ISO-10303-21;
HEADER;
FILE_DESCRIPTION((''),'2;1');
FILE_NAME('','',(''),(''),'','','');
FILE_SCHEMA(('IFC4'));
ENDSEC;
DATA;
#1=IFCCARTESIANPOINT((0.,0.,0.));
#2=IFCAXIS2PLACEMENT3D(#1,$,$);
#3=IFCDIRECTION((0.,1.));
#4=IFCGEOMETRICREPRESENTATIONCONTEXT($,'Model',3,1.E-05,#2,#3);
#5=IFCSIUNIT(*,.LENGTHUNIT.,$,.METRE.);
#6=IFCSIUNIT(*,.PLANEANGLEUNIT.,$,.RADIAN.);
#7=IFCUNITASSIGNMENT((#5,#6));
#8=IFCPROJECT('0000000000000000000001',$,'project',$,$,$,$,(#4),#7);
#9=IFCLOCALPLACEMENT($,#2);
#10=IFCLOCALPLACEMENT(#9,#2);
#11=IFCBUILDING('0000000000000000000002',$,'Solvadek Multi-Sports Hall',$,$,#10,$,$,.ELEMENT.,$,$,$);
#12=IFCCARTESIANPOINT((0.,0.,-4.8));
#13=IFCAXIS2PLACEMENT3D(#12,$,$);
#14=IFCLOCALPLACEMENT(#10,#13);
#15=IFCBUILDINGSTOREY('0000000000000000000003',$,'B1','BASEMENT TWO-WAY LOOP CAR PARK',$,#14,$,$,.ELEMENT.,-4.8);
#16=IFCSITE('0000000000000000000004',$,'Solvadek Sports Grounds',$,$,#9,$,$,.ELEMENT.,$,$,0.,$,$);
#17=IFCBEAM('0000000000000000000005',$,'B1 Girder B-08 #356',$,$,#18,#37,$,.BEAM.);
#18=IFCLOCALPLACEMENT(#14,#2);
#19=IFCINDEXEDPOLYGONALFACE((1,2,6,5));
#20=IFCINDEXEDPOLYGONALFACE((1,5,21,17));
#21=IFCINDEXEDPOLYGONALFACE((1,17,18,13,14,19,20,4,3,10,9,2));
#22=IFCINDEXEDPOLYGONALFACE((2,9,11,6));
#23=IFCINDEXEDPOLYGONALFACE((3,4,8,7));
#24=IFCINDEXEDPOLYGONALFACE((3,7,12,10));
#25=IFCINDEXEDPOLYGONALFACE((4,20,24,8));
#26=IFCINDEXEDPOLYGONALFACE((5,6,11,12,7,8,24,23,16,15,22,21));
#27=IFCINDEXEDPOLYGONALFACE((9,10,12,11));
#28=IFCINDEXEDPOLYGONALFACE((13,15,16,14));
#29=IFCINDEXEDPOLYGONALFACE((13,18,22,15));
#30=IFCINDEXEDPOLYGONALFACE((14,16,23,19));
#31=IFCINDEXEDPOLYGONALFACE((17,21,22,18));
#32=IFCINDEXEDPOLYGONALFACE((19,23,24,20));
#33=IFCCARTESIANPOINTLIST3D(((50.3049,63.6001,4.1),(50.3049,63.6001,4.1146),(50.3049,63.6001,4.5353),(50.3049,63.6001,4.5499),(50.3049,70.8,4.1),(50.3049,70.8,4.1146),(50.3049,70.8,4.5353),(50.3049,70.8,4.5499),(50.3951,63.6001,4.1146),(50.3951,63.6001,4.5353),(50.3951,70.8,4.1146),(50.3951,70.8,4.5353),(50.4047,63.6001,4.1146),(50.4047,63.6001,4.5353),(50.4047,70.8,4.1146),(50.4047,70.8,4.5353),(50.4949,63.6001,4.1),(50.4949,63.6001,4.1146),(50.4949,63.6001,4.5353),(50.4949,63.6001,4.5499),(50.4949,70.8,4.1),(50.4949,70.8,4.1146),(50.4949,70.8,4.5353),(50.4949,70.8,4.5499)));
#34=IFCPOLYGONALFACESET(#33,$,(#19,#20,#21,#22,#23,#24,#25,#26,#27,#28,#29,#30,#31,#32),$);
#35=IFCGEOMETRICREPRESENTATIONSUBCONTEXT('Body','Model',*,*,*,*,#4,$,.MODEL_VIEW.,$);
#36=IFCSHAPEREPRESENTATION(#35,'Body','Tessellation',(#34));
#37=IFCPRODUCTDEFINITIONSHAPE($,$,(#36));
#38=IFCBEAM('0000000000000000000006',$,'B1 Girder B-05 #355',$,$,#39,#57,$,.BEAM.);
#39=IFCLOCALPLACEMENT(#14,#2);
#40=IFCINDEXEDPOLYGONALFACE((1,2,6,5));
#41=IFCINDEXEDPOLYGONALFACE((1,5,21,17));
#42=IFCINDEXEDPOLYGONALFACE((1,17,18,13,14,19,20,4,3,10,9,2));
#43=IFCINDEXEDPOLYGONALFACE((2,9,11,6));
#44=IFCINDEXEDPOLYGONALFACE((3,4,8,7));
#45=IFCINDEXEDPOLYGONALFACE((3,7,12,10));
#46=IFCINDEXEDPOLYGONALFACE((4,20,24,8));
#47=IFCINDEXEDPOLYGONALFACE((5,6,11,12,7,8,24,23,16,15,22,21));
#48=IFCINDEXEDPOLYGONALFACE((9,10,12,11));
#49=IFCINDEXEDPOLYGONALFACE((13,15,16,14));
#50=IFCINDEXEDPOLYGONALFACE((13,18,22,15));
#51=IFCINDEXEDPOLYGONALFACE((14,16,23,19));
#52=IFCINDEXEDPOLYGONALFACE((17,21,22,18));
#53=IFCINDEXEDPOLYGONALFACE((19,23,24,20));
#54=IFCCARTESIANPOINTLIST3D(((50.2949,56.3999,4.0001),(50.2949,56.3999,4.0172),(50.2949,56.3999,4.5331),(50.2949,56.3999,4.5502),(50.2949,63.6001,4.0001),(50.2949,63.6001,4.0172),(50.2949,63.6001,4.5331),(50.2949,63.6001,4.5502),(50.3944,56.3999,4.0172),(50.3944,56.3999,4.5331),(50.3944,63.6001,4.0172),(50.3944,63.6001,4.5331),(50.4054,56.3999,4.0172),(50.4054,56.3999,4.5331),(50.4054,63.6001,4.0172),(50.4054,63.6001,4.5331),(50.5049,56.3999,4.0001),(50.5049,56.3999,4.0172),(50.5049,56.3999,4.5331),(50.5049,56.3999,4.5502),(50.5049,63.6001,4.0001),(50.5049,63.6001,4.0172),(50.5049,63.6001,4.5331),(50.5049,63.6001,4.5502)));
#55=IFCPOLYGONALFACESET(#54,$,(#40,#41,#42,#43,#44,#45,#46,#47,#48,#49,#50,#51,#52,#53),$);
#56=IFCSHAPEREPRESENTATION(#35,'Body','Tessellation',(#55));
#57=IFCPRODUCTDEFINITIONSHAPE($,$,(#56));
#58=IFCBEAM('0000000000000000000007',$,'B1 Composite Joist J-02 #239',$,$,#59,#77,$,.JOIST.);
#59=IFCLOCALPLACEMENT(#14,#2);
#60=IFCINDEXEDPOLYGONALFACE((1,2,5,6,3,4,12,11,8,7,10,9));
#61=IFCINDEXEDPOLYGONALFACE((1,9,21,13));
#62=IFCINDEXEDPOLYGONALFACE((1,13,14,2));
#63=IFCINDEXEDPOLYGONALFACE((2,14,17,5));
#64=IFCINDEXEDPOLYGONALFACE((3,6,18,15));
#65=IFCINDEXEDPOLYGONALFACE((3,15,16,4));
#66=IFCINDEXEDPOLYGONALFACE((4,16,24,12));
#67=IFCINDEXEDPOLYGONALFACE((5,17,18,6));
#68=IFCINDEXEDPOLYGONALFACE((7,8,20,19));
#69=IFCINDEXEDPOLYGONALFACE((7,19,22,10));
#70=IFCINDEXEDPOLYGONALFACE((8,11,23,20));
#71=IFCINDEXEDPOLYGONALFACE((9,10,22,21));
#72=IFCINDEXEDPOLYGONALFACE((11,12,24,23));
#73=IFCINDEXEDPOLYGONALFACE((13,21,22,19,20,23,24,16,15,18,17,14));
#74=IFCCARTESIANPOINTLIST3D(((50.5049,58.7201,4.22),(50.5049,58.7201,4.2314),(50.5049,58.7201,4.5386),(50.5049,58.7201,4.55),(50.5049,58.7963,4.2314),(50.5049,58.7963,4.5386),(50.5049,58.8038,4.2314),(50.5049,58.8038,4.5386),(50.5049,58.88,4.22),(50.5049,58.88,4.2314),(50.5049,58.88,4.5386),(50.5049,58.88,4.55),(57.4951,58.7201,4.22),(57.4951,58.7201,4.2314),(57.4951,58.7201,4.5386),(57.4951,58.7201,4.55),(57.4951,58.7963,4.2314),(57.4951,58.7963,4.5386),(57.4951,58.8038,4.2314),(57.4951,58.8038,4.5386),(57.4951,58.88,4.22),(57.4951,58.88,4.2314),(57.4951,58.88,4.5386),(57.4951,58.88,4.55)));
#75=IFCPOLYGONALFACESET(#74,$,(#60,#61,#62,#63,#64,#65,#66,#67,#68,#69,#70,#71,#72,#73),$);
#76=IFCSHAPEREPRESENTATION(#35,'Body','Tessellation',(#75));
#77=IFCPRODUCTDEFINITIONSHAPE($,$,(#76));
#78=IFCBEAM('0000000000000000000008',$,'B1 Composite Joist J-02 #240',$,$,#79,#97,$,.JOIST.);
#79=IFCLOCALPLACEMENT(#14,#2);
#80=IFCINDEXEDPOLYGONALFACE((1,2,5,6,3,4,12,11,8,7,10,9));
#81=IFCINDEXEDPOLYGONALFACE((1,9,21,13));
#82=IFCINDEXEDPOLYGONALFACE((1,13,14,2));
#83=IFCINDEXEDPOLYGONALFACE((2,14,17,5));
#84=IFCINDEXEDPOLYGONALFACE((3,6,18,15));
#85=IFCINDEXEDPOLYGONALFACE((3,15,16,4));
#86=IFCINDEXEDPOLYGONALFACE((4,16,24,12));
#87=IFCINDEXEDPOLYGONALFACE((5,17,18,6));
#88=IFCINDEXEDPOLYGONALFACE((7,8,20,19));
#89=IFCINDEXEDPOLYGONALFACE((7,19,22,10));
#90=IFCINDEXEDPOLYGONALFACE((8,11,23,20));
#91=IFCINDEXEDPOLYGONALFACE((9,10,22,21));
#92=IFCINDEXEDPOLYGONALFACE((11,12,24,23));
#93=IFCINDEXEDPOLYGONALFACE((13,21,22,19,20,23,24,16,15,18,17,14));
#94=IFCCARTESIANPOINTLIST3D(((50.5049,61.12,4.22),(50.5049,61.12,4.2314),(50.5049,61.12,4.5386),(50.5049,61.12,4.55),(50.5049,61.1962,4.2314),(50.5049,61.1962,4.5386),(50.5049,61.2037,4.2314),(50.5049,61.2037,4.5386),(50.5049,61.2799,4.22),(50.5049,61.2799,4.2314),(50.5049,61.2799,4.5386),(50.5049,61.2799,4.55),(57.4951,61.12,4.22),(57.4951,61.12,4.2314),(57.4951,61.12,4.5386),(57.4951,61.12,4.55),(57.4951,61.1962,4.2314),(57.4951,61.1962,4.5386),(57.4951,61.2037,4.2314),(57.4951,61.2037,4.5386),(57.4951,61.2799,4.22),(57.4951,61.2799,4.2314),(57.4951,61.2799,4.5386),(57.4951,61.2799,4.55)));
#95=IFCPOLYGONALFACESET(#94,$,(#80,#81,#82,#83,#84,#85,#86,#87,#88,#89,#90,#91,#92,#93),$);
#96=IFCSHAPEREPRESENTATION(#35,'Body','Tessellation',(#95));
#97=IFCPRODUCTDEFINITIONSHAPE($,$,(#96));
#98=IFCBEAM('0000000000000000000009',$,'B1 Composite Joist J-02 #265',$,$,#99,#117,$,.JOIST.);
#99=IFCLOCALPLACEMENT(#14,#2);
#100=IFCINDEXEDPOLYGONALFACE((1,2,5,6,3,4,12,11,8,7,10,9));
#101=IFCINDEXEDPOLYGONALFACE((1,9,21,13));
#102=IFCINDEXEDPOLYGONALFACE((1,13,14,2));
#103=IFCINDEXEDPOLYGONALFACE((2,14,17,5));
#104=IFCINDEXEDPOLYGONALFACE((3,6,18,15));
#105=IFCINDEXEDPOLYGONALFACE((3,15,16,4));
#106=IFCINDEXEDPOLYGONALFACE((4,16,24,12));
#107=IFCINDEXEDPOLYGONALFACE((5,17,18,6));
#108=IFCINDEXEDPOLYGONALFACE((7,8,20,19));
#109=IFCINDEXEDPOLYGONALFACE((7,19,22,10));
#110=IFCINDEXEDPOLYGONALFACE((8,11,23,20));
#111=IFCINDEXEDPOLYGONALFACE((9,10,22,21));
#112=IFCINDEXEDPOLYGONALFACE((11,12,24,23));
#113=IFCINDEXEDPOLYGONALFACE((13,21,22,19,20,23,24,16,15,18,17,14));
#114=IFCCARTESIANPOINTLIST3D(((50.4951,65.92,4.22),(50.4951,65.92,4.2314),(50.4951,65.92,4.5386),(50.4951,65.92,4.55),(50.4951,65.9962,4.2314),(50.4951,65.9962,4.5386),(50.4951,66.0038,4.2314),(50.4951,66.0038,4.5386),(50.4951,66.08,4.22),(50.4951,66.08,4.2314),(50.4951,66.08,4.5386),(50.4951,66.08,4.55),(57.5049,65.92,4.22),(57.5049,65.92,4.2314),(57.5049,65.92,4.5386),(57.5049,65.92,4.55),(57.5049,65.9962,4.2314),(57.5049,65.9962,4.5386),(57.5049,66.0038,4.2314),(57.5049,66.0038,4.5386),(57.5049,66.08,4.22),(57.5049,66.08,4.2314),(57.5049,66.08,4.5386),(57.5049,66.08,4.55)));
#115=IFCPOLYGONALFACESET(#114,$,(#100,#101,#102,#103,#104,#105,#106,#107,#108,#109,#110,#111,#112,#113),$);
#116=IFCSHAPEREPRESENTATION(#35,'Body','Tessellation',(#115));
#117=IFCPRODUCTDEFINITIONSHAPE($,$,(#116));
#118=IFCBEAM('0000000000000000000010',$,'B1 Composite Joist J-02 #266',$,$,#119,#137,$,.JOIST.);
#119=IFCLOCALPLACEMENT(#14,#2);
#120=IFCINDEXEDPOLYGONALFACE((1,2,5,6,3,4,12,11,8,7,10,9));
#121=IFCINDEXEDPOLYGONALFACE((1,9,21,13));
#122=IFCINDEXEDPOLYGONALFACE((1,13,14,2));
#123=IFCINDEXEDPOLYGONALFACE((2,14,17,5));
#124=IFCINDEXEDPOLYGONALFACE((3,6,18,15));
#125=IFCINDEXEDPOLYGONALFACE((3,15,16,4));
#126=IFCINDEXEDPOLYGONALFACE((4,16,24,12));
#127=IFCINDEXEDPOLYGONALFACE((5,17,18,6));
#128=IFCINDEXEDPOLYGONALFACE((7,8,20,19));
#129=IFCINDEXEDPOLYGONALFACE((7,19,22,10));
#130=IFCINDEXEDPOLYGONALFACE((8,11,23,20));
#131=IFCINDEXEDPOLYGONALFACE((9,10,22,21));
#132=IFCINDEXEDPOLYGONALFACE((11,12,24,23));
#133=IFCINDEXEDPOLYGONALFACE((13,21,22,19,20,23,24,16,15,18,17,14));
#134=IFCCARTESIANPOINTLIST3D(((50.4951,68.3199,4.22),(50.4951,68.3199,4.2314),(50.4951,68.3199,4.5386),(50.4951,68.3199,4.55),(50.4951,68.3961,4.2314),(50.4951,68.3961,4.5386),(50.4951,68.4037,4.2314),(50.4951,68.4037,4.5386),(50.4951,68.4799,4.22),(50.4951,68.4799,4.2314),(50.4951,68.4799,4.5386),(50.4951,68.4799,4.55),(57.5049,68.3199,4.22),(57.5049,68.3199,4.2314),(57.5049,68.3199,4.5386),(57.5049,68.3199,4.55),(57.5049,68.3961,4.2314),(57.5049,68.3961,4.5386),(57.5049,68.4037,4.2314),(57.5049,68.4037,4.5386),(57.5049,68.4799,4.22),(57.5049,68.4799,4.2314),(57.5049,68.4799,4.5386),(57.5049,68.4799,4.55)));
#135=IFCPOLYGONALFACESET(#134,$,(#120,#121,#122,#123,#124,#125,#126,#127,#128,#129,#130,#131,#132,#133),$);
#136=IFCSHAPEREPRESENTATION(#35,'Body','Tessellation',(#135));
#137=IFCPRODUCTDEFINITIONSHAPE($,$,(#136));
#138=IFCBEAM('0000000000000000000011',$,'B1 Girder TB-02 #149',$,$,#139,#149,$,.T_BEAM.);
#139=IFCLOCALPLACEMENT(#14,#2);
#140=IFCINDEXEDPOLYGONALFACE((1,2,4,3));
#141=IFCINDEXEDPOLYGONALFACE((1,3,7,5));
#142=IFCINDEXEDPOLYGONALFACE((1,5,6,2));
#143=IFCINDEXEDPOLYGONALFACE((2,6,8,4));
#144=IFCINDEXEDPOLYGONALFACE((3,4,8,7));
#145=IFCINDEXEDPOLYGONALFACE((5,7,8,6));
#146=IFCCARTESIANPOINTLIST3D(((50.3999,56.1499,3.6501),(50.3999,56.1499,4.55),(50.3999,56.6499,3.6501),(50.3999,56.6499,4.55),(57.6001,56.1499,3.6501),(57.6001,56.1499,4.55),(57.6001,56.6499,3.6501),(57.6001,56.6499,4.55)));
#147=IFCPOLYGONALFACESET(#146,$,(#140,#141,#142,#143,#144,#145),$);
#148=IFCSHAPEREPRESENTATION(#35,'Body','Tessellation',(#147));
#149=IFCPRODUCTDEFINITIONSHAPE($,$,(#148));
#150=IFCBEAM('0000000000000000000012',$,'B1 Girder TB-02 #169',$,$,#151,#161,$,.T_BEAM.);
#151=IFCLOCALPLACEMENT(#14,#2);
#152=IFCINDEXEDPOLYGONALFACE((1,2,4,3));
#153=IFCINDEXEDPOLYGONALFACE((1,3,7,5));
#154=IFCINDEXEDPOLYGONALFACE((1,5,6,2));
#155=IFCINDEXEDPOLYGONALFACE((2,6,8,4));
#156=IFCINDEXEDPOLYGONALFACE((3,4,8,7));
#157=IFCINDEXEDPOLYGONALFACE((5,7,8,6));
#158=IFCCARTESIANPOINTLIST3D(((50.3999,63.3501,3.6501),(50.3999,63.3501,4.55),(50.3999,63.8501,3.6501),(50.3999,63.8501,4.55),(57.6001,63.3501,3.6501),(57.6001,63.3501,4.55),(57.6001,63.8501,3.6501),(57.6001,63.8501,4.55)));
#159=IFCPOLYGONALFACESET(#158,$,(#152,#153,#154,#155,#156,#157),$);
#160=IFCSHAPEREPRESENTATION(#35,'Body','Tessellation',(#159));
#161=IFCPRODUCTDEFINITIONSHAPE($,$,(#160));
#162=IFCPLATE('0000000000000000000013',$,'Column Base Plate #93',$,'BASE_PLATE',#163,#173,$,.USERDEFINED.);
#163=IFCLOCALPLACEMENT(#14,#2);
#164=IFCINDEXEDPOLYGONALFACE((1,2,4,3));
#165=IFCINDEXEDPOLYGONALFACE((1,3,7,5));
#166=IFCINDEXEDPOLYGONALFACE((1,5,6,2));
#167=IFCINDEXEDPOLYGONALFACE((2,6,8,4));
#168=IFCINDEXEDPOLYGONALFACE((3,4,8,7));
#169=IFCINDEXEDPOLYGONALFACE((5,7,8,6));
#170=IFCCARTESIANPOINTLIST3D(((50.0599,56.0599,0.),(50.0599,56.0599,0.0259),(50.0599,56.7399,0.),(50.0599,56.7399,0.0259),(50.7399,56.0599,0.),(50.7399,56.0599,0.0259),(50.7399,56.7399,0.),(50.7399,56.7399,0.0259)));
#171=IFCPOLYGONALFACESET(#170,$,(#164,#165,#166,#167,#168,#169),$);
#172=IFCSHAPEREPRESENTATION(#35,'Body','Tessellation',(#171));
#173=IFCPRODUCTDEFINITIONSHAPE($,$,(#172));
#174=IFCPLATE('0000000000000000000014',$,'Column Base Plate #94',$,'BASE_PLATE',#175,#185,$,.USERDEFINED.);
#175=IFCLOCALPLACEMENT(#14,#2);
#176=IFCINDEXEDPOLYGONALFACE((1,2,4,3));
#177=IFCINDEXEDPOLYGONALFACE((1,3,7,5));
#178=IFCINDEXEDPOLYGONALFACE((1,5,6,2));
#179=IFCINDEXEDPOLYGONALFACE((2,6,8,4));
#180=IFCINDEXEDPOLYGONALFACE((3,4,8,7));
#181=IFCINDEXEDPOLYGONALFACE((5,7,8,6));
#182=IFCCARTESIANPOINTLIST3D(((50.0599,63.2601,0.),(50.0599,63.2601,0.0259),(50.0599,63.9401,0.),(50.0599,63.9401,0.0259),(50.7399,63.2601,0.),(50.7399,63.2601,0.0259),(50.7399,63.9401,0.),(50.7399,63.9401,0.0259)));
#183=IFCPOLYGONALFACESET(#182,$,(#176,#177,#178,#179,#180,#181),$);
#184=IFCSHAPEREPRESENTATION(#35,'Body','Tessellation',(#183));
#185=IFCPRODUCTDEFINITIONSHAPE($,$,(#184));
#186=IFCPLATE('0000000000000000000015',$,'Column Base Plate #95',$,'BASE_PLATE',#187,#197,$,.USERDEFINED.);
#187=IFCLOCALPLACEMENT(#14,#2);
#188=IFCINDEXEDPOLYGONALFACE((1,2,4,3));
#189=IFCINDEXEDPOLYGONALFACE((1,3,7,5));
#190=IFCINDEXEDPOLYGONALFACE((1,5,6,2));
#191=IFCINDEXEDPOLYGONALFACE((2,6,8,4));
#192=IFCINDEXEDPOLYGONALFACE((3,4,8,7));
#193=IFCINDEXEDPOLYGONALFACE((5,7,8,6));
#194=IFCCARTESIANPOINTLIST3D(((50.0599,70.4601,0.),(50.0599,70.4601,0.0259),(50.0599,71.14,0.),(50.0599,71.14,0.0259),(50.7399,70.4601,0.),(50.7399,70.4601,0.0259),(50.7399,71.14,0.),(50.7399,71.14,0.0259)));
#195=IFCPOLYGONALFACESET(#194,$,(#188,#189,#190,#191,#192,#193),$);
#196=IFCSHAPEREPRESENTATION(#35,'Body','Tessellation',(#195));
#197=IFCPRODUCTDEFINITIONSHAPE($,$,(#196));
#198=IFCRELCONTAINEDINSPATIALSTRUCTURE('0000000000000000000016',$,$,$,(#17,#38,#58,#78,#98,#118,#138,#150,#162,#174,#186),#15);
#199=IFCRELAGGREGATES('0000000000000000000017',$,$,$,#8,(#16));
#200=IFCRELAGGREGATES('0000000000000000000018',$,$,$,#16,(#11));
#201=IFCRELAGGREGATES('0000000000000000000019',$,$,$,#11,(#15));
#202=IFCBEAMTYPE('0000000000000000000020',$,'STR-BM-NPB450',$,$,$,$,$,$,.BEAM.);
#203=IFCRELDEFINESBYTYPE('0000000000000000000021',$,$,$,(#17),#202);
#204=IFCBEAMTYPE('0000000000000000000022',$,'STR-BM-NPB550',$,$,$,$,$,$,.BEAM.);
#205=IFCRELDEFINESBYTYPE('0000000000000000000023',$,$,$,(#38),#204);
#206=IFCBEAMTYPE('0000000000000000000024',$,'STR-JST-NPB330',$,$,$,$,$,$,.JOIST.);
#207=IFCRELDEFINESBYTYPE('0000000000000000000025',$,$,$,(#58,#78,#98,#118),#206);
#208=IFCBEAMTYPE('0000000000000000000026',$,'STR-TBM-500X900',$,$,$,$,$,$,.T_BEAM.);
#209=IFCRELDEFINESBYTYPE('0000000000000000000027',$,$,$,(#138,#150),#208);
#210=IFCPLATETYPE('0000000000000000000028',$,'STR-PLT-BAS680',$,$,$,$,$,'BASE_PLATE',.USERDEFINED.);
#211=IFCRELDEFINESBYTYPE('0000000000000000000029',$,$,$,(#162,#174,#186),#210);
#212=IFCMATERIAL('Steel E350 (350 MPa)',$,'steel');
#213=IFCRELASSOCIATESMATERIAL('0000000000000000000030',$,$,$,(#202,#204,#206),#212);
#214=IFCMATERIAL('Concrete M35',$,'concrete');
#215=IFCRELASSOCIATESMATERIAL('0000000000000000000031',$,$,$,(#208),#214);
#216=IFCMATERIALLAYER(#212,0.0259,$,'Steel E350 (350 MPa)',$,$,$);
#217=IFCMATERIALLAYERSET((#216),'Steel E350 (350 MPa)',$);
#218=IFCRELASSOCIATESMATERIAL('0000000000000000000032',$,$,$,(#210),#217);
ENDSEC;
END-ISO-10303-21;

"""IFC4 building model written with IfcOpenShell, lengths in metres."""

from ifc_helpers import new_model, si_unit, direction, frame, origin, origin_2d, place, context, subcontext, project, spatial, rectangle, i_section, extrude, material, layer, layer_set, material_profile, profile_set, type_object, element, save


model = new_model("IFC4")

# Units and contexts
model_context = context("Model", 3, precision=1e-05, world=origin(), true_north=direction((0.0, 1.0)))
body_context = subcontext(model_context, "Body", "Model", "MODEL_VIEW")
ifc_project = project(units=[si_unit("LENGTHUNIT", "METRE"), si_unit("PLANEANGLEUNIT", "RADIAN")], contexts=[model_context])

# Site, building, storey
site_placement = place(None, origin())
site = spatial("IfcSite", under=ifc_project, at=site_placement, Name="Solvadek Sports Grounds", CompositionType="ELEMENT", RefElevation=0.0)
building_placement = place(site_placement, origin())
building = spatial("IfcBuilding", under=site, at=building_placement, Name="Solvadek Multi-Sports Hall", CompositionType="ELEMENT")
storey_placement = place(building_placement, frame((0.0, 0.0, -4.8)))
storey = spatial("IfcBuildingStorey", under=building, at=storey_placement, Name="B1", Description="BASEMENT TWO-WAY LOOP CAR PARK", CompositionType="ELEMENT", Elevation=-4.8)

# Shared definitions
ifc_material_1 = material(Name="Concrete M35", Category="concrete")

# Shared definitions
ifc_material_2 = material(Name="Steel E350 (350 MPa)", Category="steel")

# Beams
ifc_material_profile_1 = material_profile(ifc_material_2, i_section(OverallWidth=0.1899, OverallDepth=0.45, WebThickness=0.0095, FlangeThickness=0.0146, at=origin_2d()), Name="NPB 450")
ifc_profile_set_1 = profile_set([ifc_material_profile_1], Name="Steel E350 (350 MPa)")
beam_type_1 = type_object("IfcBeamType", Name="STR-BM-NPB450", PredefinedType="BEAM", material=ifc_profile_set_1)
beam_1_placement = place(storey_placement, frame((50.3999, 63.6001, 4.325), z_axis=(0.0, 1.0, 0.0), x_axis=(-1.0, 0.0, 0.0)))
element("IfcBeam", 1, at=beam_1_placement, inside=storey, type_object=beam_type_1, Name="B1 Girder B-08 #356", PredefinedType="BEAM", context=body_context, shape_type="SweptSolid", body=[
    extrude(i_section(OverallWidth=0.1899, OverallDepth=0.45, WebThickness=0.0095, FlangeThickness=0.0146, at=origin_2d()), origin(), (0.0, 0.0, 1.0), 7.2),
])
ifc_material_profile_2 = material_profile(ifc_material_2, i_section(OverallWidth=0.21, OverallDepth=0.55, WebThickness=0.011, FlangeThickness=0.0171, at=origin_2d()), Name="NPB 550")
ifc_profile_set_2 = profile_set([ifc_material_profile_2], Name="Steel E350 (350 MPa)")
beam_type_2 = type_object("IfcBeamType", Name="STR-BM-NPB550", PredefinedType="BEAM", material=ifc_profile_set_2)
beam_2_placement = place(storey_placement, frame((50.3999, 56.3999, 4.2751), z_axis=(0.0, 1.0, 0.0), x_axis=(-1.0, 0.0, 0.0)))
element("IfcBeam", 2, at=beam_2_placement, inside=storey, type_object=beam_type_2, Name="B1 Girder B-05 #355", PredefinedType="BEAM", context=body_context, shape_type="SweptSolid", body=[
    extrude(i_section(OverallWidth=0.21, OverallDepth=0.55, WebThickness=0.011, FlangeThickness=0.0171, at=origin_2d()), origin(), (0.0, 0.0, 1.0), 7.2002),
])
ifc_material_profile_3 = material_profile(ifc_material_2, i_section(OverallWidth=0.1599, OverallDepth=0.3301, WebThickness=0.0076, FlangeThickness=0.0115, at=origin_2d()), Name="NPB 330")
ifc_profile_set_3 = profile_set([ifc_material_profile_3], Name="Steel E350 (350 MPa)")
beam_type_3 = type_object("IfcBeamType", Name="STR-JST-NPB330", PredefinedType="JOIST", material=ifc_profile_set_3)
for number, where, z_axis, x_axis, name in (
    (3, (50.5049, 58.8, 4.385), (1.0, 0.0, 0.0), (0.0, 1.0, 0.0), "B1 Composite Joist J-02 #239"),
    (4, (50.5049, 61.2, 4.385), (1.0, 0.0, 0.0), (0.0, 1.0, 0.0), "B1 Composite Joist J-02 #240"),
):
    element("IfcBeam", number, at=place(storey_placement, frame(where, z_axis=z_axis, x_axis=x_axis)), inside=storey, type_object=beam_type_3, Name=name, PredefinedType="JOIST", context=body_context, shape_type="SweptSolid", body=[
        extrude(i_section(OverallWidth=0.1599, OverallDepth=0.3301, WebThickness=0.0076, FlangeThickness=0.0115, at=origin_2d()), origin(), (0.0, 0.0, 1.0), 6.9902),
    ])
for number, where, z_axis, x_axis, name in (
    (5, (50.4951, 66.0, 4.385), (1.0, 0.0, 0.0), (0.0, 1.0, 0.0), "B1 Composite Joist J-02 #265"),
    (6, (50.4951, 68.3999, 4.385), (1.0, 0.0, 0.0), (0.0, 1.0, 0.0), "B1 Composite Joist J-02 #266"),
):
    element("IfcBeam", number, at=place(storey_placement, frame(where, z_axis=z_axis, x_axis=x_axis)), inside=storey, type_object=beam_type_3, Name=name, PredefinedType="JOIST", context=body_context, shape_type="SweptSolid", body=[
        extrude(i_section(OverallWidth=0.1599, OverallDepth=0.3301, WebThickness=0.0076, FlangeThickness=0.0115, at=origin_2d()), origin(), (0.0, 0.0, 1.0), 7.0098),
    ])
ifc_material_profile_4 = material_profile(ifc_material_1, rectangle(XDim=0.5, YDim=0.8999, at=origin_2d()), Name="RC T-BEAM 500x900")
ifc_profile_set_4 = profile_set([ifc_material_profile_4], Name="Concrete M35")
beam_type_4 = type_object("IfcBeamType", Name="STR-TBM-500X900", PredefinedType="T_BEAM", material=ifc_profile_set_4)
for number, where, z_axis, x_axis, name in (
    (7, (50.3999, 56.3999, 4.1001), (1.0, 0.0, 0.0), (0.0, 1.0, 0.0), "B1 Girder TB-02 #149"),
    (8, (50.3999, 63.6001, 4.1001), (1.0, 0.0, 0.0), (0.0, 1.0, 0.0), "B1 Girder TB-02 #169"),
):
    element("IfcBeam", number, at=place(storey_placement, frame(where, z_axis=z_axis, x_axis=x_axis)), inside=storey, type_object=beam_type_4, Name=name, PredefinedType="T_BEAM", context=body_context, shape_type="SweptSolid", body=[
        extrude(rectangle(XDim=0.5, YDim=0.8999, at=origin_2d()), origin(), (0.0, 0.0, 1.0), 7.2002),
    ])

# Plates
ifc_layer_1 = layer(ifc_material_2, 0.0259, Name="Steel E350 (350 MPa)")
ifc_layer_set_1 = layer_set([ifc_layer_1], Name="Steel E350 (350 MPa)")
plate_type = type_object("IfcPlateType", Name="STR-PLT-BAS680", ElementType="BASE_PLATE", PredefinedType="USERDEFINED", material=ifc_layer_set_1)
for number, where, z_axis, x_axis, name in (
    (9, (50.3999, 56.3999, 0.0), (0.0, 0.0, 1.0), (1.0, 0.0, 0.0), "Column Base Plate #93"),
    (10, (50.3999, 63.6001, 0.0), (0.0, 0.0, 1.0), (1.0, 0.0, 0.0), "Column Base Plate #94"),
    (11, (50.3999, 70.8, 0.0), (0.0, 0.0, 1.0), (1.0, 0.0, 0.0), "Column Base Plate #95"),
):
    element("IfcPlate", number, at=place(storey_placement, frame(where, z_axis=z_axis, x_axis=x_axis)), inside=storey, type_object=plate_type, Name=name, ObjectType="BASE_PLATE", PredefinedType="USERDEFINED", context=body_context, shape_type="SweptSolid", body=[
        extrude(rectangle(XDim=0.6799, YDim=0.6799, at=origin_2d()), origin(), (0.0, 0.0, 1.0), 0.0259),
    ])

save(model, "model.ifc")
